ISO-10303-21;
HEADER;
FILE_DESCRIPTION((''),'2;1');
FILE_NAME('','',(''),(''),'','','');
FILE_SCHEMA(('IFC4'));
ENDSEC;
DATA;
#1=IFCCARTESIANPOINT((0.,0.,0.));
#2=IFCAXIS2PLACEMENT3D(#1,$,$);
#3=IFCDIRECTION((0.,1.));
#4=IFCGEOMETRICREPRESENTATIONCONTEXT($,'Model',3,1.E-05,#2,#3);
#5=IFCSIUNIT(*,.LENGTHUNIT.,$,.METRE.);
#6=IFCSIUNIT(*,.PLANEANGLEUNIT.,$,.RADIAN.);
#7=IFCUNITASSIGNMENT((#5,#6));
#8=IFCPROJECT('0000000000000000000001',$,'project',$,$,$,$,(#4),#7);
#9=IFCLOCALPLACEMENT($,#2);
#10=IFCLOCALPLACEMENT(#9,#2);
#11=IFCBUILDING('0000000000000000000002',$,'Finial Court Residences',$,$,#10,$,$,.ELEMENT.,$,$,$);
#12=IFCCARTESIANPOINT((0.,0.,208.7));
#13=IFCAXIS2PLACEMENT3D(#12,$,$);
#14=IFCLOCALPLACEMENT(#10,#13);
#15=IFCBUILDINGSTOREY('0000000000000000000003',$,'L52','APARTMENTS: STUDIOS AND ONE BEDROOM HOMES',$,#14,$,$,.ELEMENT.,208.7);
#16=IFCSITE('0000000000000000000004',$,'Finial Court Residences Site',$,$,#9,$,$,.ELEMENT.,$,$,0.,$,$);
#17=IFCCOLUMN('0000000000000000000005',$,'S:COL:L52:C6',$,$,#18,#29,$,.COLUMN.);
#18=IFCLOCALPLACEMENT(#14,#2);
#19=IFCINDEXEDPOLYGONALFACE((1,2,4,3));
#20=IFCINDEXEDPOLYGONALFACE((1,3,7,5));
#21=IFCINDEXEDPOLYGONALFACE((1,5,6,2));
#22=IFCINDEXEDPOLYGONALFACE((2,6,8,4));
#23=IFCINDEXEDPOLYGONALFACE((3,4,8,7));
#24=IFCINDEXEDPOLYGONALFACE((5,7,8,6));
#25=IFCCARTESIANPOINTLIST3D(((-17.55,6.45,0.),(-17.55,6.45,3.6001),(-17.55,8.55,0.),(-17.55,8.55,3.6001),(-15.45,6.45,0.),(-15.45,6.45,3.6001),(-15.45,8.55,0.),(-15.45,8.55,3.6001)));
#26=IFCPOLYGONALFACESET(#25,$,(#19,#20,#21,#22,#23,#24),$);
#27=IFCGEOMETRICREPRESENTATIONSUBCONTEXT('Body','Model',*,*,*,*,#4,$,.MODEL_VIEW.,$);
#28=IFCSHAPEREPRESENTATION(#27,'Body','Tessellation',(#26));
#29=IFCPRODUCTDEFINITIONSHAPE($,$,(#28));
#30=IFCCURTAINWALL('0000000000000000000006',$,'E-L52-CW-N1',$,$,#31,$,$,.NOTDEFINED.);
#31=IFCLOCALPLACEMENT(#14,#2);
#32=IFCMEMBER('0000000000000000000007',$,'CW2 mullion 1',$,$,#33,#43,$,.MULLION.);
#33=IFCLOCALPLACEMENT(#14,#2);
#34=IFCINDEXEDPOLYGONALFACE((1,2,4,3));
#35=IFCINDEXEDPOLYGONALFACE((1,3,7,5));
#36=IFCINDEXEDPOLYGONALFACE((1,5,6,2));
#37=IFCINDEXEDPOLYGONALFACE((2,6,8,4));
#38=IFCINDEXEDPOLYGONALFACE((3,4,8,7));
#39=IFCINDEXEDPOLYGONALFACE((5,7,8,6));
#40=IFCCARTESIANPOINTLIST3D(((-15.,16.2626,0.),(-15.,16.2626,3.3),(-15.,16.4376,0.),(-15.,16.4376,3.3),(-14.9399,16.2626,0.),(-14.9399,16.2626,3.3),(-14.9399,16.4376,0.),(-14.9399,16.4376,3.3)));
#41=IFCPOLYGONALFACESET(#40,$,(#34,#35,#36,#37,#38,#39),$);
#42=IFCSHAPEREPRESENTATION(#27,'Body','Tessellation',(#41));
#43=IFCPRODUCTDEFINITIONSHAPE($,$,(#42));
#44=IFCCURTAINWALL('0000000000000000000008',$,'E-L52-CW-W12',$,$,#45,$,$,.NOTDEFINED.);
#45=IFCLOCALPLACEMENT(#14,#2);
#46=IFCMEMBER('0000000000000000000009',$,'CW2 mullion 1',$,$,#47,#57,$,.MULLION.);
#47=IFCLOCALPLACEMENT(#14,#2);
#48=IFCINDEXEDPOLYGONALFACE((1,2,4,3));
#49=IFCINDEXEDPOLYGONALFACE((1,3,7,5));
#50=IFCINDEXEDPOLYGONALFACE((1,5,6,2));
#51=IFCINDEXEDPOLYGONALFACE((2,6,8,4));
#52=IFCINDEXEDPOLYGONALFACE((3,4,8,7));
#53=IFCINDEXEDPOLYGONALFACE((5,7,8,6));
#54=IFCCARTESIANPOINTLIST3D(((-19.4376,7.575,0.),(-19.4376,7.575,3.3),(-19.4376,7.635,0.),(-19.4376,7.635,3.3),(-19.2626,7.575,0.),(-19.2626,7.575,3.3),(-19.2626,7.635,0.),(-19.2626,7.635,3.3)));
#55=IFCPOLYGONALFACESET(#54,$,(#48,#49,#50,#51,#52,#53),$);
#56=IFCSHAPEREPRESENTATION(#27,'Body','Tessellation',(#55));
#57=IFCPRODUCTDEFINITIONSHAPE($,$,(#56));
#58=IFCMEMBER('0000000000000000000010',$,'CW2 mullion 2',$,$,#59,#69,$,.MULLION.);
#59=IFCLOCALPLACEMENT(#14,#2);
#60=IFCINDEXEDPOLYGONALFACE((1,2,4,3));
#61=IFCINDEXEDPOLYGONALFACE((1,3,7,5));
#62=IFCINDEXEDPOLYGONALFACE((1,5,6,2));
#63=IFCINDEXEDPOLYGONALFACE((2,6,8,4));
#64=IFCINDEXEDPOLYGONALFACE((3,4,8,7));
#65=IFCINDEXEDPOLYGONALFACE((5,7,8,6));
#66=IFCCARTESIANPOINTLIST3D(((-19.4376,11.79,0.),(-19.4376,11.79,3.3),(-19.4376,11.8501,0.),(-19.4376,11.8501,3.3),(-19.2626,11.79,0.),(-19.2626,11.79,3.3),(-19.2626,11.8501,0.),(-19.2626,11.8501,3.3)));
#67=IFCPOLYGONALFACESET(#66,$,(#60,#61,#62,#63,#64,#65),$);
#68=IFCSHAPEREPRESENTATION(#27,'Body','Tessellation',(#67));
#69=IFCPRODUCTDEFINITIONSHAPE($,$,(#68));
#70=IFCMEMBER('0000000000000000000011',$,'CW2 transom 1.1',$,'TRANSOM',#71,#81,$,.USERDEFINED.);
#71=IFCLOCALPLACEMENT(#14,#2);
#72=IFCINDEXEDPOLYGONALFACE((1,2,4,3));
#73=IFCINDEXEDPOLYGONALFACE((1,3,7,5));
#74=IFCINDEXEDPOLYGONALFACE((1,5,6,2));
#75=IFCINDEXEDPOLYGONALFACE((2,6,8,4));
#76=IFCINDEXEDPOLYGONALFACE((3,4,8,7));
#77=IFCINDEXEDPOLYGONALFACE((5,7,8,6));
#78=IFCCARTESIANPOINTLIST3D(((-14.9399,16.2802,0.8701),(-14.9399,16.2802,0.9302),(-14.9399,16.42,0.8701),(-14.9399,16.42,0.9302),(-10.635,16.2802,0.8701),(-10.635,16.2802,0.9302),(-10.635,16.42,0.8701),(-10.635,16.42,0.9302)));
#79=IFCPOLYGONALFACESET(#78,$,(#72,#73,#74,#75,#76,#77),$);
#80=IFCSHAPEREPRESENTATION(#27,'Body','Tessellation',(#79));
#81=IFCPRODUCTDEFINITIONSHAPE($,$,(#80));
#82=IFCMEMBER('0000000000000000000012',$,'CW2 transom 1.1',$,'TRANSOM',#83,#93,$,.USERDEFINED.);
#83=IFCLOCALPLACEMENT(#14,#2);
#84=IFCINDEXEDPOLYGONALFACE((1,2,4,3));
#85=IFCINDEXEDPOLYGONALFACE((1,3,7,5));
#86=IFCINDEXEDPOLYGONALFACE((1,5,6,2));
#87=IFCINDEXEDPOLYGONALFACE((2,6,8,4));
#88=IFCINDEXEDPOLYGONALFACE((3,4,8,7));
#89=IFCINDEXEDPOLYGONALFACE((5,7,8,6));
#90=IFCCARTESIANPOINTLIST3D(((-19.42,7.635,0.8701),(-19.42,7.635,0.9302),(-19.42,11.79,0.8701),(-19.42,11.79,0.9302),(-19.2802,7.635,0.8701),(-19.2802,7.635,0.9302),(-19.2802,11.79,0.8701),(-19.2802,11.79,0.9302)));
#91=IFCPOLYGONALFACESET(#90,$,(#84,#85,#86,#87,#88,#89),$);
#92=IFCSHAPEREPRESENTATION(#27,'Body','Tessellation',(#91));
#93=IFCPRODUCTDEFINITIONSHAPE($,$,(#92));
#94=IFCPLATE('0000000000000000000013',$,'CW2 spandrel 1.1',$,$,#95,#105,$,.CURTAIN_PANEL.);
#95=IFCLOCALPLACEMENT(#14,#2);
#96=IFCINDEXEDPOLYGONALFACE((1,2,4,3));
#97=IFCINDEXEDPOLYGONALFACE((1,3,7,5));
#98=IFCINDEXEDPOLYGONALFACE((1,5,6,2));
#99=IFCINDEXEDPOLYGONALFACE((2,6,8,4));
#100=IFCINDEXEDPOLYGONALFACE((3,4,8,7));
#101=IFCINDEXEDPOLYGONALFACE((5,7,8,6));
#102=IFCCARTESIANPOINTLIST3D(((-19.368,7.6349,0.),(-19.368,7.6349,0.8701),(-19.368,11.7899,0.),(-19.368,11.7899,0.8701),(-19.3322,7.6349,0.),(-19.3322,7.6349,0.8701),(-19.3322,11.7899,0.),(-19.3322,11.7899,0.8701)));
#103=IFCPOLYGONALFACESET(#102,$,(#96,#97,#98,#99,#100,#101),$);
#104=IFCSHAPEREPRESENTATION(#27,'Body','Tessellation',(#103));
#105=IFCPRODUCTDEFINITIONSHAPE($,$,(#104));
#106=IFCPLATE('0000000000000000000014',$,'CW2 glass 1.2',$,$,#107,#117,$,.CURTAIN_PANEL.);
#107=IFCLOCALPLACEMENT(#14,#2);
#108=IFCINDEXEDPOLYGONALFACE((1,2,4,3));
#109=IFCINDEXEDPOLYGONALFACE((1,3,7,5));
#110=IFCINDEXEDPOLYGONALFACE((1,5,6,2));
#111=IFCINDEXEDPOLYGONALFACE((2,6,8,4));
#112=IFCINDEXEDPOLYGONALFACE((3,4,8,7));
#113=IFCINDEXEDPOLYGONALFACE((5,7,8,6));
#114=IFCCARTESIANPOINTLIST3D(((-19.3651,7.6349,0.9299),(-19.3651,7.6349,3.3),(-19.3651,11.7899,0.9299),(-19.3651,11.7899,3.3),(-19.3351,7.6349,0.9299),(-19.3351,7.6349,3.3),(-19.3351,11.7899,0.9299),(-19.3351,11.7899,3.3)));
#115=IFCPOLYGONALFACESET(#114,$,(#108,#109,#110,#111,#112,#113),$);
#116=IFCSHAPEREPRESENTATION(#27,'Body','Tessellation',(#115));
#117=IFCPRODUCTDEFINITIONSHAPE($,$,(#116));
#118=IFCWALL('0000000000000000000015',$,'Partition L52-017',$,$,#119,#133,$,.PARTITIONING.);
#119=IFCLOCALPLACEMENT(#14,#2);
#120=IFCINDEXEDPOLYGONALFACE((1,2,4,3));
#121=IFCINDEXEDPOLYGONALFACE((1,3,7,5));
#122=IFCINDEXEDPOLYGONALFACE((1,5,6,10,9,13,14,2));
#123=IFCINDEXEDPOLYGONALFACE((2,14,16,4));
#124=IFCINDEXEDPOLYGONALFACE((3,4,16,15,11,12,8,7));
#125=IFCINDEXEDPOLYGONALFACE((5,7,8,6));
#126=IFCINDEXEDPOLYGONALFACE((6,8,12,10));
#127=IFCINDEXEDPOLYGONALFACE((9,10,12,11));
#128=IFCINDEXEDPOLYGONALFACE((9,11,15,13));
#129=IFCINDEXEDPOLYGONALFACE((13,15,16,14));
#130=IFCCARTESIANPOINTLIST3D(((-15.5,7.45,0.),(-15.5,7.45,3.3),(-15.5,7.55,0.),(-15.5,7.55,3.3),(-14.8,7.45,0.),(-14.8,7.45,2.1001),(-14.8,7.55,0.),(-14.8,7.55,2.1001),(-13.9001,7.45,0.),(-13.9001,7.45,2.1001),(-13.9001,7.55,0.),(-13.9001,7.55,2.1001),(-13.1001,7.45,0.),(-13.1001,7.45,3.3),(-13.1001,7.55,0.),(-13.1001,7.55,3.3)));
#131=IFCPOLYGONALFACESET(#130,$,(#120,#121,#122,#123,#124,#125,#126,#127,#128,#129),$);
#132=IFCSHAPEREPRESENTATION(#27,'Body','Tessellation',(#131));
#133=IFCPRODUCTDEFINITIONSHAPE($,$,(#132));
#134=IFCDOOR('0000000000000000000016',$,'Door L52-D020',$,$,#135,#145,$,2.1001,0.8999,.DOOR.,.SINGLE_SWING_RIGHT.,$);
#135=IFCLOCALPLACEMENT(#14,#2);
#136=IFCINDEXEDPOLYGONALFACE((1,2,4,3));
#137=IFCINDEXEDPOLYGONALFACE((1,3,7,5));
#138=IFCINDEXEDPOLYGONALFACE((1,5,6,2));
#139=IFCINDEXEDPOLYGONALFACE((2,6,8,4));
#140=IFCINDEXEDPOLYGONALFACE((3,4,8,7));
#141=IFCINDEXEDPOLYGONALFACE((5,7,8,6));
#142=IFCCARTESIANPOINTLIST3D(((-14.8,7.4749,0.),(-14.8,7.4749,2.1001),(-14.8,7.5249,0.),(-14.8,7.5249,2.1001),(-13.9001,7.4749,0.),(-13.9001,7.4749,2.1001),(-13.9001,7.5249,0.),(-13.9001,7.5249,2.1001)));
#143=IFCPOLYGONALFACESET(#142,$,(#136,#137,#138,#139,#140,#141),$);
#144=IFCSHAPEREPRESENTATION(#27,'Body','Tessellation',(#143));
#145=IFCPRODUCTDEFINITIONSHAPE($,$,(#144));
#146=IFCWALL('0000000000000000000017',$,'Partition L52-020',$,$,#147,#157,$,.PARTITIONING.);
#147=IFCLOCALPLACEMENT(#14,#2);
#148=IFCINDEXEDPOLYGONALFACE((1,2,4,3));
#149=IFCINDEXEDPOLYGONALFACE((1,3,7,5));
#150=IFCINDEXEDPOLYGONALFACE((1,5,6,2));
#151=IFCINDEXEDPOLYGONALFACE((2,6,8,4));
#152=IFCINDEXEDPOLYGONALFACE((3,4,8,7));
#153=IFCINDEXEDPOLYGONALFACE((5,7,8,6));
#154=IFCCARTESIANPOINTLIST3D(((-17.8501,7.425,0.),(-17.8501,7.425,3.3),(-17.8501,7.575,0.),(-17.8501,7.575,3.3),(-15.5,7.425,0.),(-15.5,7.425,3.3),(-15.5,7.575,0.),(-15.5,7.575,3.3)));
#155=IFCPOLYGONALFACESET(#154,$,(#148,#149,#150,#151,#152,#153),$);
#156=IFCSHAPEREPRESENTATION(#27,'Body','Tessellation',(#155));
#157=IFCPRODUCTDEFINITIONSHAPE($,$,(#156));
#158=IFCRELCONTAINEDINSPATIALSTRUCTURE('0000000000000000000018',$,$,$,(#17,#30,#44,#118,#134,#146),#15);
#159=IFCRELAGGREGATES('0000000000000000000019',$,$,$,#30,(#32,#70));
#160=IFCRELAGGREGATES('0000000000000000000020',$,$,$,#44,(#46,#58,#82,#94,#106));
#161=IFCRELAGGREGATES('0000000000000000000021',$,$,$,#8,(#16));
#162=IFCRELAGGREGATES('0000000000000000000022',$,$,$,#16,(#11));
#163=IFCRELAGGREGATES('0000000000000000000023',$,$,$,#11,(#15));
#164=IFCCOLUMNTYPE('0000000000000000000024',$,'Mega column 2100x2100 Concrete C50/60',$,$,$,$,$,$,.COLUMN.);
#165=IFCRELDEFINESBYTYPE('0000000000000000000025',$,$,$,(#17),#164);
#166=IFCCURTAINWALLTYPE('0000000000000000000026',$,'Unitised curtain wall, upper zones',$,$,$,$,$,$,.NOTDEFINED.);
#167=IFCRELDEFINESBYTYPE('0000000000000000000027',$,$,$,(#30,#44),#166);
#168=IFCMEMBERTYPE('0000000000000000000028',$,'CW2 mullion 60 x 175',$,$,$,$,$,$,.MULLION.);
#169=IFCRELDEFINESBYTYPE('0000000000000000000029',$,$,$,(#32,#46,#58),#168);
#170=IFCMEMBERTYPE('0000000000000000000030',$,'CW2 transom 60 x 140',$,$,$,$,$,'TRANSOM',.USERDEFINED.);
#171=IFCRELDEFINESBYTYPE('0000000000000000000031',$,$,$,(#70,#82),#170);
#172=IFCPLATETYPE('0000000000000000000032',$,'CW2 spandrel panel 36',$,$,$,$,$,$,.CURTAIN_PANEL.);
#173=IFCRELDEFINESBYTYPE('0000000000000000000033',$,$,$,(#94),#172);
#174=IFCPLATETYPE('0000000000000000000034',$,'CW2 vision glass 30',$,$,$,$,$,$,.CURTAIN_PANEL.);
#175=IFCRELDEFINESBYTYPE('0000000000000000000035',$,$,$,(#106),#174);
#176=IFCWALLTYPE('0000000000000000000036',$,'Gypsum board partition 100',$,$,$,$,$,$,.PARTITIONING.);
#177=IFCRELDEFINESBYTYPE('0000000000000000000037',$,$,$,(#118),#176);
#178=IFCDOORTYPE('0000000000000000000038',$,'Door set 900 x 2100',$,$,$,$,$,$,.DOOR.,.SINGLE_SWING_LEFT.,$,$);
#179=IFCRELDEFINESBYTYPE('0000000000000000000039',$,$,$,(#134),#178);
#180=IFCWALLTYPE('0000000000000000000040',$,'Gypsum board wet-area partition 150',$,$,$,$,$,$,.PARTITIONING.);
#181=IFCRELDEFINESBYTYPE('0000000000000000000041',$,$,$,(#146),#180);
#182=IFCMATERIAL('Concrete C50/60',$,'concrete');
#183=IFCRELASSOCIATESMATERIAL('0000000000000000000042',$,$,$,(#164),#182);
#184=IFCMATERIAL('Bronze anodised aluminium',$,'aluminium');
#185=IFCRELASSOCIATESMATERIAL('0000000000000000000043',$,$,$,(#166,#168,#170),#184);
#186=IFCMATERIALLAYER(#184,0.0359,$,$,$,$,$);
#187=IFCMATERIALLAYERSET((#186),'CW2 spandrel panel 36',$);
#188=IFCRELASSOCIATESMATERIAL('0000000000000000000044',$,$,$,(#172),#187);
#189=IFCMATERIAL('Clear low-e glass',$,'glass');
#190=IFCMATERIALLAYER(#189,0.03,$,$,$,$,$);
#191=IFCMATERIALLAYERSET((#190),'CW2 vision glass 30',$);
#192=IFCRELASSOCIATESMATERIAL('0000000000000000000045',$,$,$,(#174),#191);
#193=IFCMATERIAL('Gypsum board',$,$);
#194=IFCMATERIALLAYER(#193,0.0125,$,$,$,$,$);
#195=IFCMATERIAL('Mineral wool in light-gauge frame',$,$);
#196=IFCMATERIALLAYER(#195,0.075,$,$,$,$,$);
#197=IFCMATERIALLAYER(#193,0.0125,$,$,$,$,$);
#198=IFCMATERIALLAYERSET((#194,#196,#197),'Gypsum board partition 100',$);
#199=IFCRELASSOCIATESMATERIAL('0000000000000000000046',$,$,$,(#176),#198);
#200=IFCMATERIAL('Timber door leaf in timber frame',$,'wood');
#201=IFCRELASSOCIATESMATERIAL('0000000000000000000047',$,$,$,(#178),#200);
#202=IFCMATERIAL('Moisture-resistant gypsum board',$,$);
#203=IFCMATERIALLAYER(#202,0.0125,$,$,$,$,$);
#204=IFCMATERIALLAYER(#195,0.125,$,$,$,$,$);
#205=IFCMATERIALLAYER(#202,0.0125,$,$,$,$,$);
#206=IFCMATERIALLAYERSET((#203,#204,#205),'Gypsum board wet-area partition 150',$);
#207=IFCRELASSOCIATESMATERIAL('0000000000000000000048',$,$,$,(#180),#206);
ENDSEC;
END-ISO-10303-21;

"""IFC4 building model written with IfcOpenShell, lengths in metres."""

from ifc_helpers import new_model, si_unit, direction, frame, frame_2d, origin, origin_2d, place, context, subcontext, project, spatial, rectangle, extrude, material, layer, layer_set, material_profile, profile_set, type_object, element, fill, aggregate, save


model = new_model("IFC4")

# Units and contexts
model_context = context("Model", 3, precision=1e-05, world=origin(), true_north=direction((0.0, 1.0)))
body_context = subcontext(model_context, "Body", "Model", "MODEL_VIEW")
ifc_project = project(units=[si_unit("LENGTHUNIT", "METRE"), si_unit("PLANEANGLEUNIT", "RADIAN")], contexts=[model_context])

# Site, building, storey
site_placement = place(None, origin())
site = spatial("IfcSite", under=ifc_project, at=site_placement, Name="Finial Court Residences Site", CompositionType="ELEMENT", RefElevation=0.0)
building_placement = place(site_placement, origin())
building = spatial("IfcBuilding", under=site, at=building_placement, Name="Finial Court Residences", CompositionType="ELEMENT")
storey_placement = place(building_placement, frame((0.0, 0.0, 208.7)))
storey = spatial("IfcBuildingStorey", under=building, at=storey_placement, Name="L52", Description="APARTMENTS: STUDIOS AND ONE BEDROOM HOMES", CompositionType="ELEMENT", Elevation=208.7)

# Column
ifc_material_1 = material(Name="Concrete C50/60", Category="concrete")
ifc_material_profile_1 = material_profile(ifc_material_1, rectangle(XDim=2.1001, YDim=2.1001, at=origin_2d()), Name="2100x2100")
ifc_profile_set_1 = profile_set([ifc_material_profile_1], Name="Concrete C50/60")
column_type = type_object("IfcColumnType", Name="Mega column 2100x2100 Concrete C50/60", PredefinedType="COLUMN", material=ifc_profile_set_1)
column_placement = place(storey_placement, frame((-16.5, 7.5, 0.0), z_axis=(0.0, 0.0, 1.0), x_axis=(1.0, 0.0, 0.0)))
element("IfcColumn", 1, at=column_placement, inside=storey, type_object=column_type, Name="S:COL:L52:C6", PredefinedType="COLUMN", context=body_context, shape_type="SweptSolid", body=[
    extrude(rectangle(XDim=2.1001, YDim=2.1001, at=origin_2d()), origin(), (0.0, 0.0, 1.0), 3.6001),
])

# Curtain wall, member
ifc_material_2 = material(Name="Bronze anodised aluminium", Category="aluminium")
curtain_wall_type = type_object("IfcCurtainWallType", Name="Unitised curtain wall, upper zones", PredefinedType="NOTDEFINED", material=ifc_material_2)
curtain_wall_1_placement = place(storey_placement, origin())
curtain_wall_1 = element("IfcCurtainWall", 2, at=curtain_wall_1_placement, inside=storey, type_object=curtain_wall_type, Name="E-L52-CW-N1", PredefinedType="NOTDEFINED")
ifc_material_profile_2 = material_profile(ifc_material_2, rectangle(XDim=0.175, YDim=0.0601, at=origin_2d()), Name="CW2 mullion 60 x 175")
ifc_profile_set_2 = profile_set([ifc_material_profile_2], Name="Bronze anodised aluminium")
member_type_1 = type_object("IfcMemberType", Name="CW2 mullion 60 x 175", PredefinedType="MULLION", material=ifc_profile_set_2)
member_1_placement = place(storey_placement, frame((-14.97, 16.3501, 0.0), z_axis=(0.0, 0.0, 1.0), x_axis=(0.0, 1.0, 0.0)))
member_1 = element("IfcMember", 3, at=member_1_placement, type_object=member_type_1, Name="CW2 mullion 1", PredefinedType="MULLION", context=body_context, shape_type="SweptSolid", body=[
    extrude(rectangle(XDim=0.175, YDim=0.0601, at=origin_2d()), origin(), (0.0, 0.0, 1.0), 3.3),
])

# Curtain wall, members
curtain_wall_2_placement = place(storey_placement, origin())
curtain_wall_2 = element("IfcCurtainWall", 4, at=curtain_wall_2_placement, inside=storey, type_object=curtain_wall_type, Name="E-L52-CW-W12", PredefinedType="NOTDEFINED")
member_2_placement = place(storey_placement, frame((-19.3501, 7.605, 0.0), z_axis=(0.0, 0.0, 1.0), x_axis=(-1.0, 0.0, 0.0)))
member_2 = element("IfcMember", 5, at=member_2_placement, type_object=member_type_1, Name="CW2 mullion 1", PredefinedType="MULLION", context=body_context, shape_type="SweptSolid", body=[
    extrude(rectangle(XDim=0.175, YDim=0.0601, at=origin_2d()), origin(), (0.0, 0.0, 1.0), 3.3),
])
member_3_placement = place(storey_placement, frame((-19.3501, 11.8201, 0.0), z_axis=(0.0, 0.0, 1.0), x_axis=(-1.0, 0.0, 0.0)))
member_3 = element("IfcMember", 6, at=member_3_placement, type_object=member_type_1, Name="CW2 mullion 2", PredefinedType="MULLION", context=body_context, shape_type="SweptSolid", body=[
    extrude(rectangle(XDim=0.175, YDim=0.0601, at=origin_2d()), origin(), (0.0, 0.0, 1.0), 3.3),
])

# Members
ifc_material_profile_3 = material_profile(ifc_material_2, rectangle(XDim=0.1399, YDim=0.0601, at=origin_2d()), Name="CW2 transom 60 x 140")
ifc_profile_set_3 = profile_set([ifc_material_profile_3], Name="Bronze anodised aluminium")
member_type_2 = type_object("IfcMemberType", Name="CW2 transom 60 x 140", ElementType="TRANSOM", PredefinedType="USERDEFINED", material=ifc_profile_set_3)
member_4_placement = place(storey_placement, frame((-14.9399, 16.3501, 0.9001), z_axis=(1.0, 0.0, 0.0), x_axis=(0.0, 1.0, 0.0)))
member_4 = element("IfcMember", 7, at=member_4_placement, type_object=member_type_2, Name="CW2 transom 1.1", ObjectType="TRANSOM", PredefinedType="USERDEFINED", context=body_context, shape_type="SweptSolid", body=[
    extrude(rectangle(XDim=0.1399, YDim=0.0601, at=origin_2d()), origin(), (0.0, 0.0, 1.0), 4.3049),
])
aggregate(curtain_wall_1, [member_1, member_4])
member_5_placement = place(storey_placement, frame((-19.3501, 7.635, 0.9001), z_axis=(0.0, 1.0, 0.0), x_axis=(-1.0, 0.0, 0.0)))
member_5 = element("IfcMember", 8, at=member_5_placement, type_object=member_type_2, Name="CW2 transom 1.1", ObjectType="TRANSOM", PredefinedType="USERDEFINED", context=body_context, shape_type="SweptSolid", body=[
    extrude(rectangle(XDim=0.1399, YDim=0.0601, at=origin_2d()), origin(), (0.0, 0.0, 1.0), 4.155),
])

# Plates
ifc_layer_1 = layer(ifc_material_2, 0.0359)
ifc_layer_set_1 = layer_set([ifc_layer_1], Name="CW2 spandrel panel 36")
plate_type_1 = type_object("IfcPlateType", Name="CW2 spandrel panel 36", PredefinedType="CURTAIN_PANEL", material=ifc_layer_set_1)
plate_1_placement = place(storey_placement, frame((-19.3501, 9.7124, 0.0), z_axis=(0.0, 0.0, 1.0), x_axis=(0.0, 1.0, 0.0)))
plate_1 = element("IfcPlate", 9, at=plate_1_placement, type_object=plate_type_1, Name="CW2 spandrel 1.1", PredefinedType="CURTAIN_PANEL", context=body_context, shape_type="SweptSolid", body=[
    extrude(rectangle(XDim=4.155, YDim=0.0359, at=origin_2d()), origin(), (0.0, 0.0, 1.0), 0.8701),
])
ifc_material_3 = material(Name="Clear low-e glass", Category="glass")
ifc_layer_2 = layer(ifc_material_3, 0.03)
ifc_layer_set_2 = layer_set([ifc_layer_2], Name="CW2 vision glass 30")
plate_type_2 = type_object("IfcPlateType", Name="CW2 vision glass 30", PredefinedType="CURTAIN_PANEL", material=ifc_layer_set_2)
plate_2_placement = place(storey_placement, frame((-19.3501, 9.7124, 0.9299), z_axis=(0.0, 0.0, 1.0), x_axis=(0.0, 1.0, 0.0)))
plate_2 = element("IfcPlate", 10, at=plate_2_placement, type_object=plate_type_2, Name="CW2 glass 1.2", PredefinedType="CURTAIN_PANEL", context=body_context, shape_type="SweptSolid", body=[
    extrude(rectangle(XDim=4.155, YDim=0.03, at=origin_2d()), origin(), (0.0, 0.0, 1.0), 2.3701),
])
aggregate(curtain_wall_2, [member_2, member_3, member_5, plate_1, plate_2])

# Wall, opening, door
ifc_material_4 = material(Name="Gypsum board")
ifc_layer_3 = layer(ifc_material_4, 0.0125)
ifc_material_5 = material(Name="Mineral wool in light-gauge frame")
ifc_layer_4 = layer(ifc_material_5, 0.075)
ifc_layer_5 = layer(ifc_material_4, 0.0125)
ifc_layer_set_3 = layer_set([ifc_layer_3, ifc_layer_4, ifc_layer_5], Name="Gypsum board partition 100")
wall_type_1 = type_object("IfcWallType", Name="Gypsum board partition 100", PredefinedType="PARTITIONING", material=ifc_layer_set_3)
wall_1_placement = place(storey_placement, frame((-15.5, 7.5, 0.0), z_axis=(0.0, 0.0, 1.0), x_axis=(1.0, 0.0, 0.0)))
wall_1 = element("IfcWall", 11, at=wall_1_placement, inside=storey, type_object=wall_type_1, Name="Partition L52-017", PredefinedType="PARTITIONING", context=body_context, shape_type="SweptSolid", body=[
    extrude(rectangle(XDim=2.3999, YDim=0.1001, at=frame_2d((1.2, 0.0))), origin(), (0.0, 0.0, 1.0), 3.3),
])
opening_1_placement = place(wall_1_placement, frame((0.7, 0.0, 0.0)))
opening_1 = element("IfcOpeningElement", 12, at=opening_1_placement, cuts=wall_1, PredefinedType="OPENING", context=body_context, shape_type="SweptSolid", body=[
    extrude(rectangle(XDim=0.8999, YDim=2.1001, at=frame_2d((0.45, 1.05))), frame((0.0, 0.0601, 0.0), z_axis=(0.0, -1.0, 0.0), x_axis=(1.0, 0.0, 0.0)), (0.0, 0.0, 1.0), 0.1201),
])
ifc_material_6 = material(Name="Timber door leaf in timber frame", Category="wood")
door_type = type_object("IfcDoorType", Name="Door set 900 x 2100", OperationType="SINGLE_SWING_LEFT", PredefinedType="DOOR", material=ifc_material_6)
door_placement = place(opening_1_placement, origin())
door = element("IfcDoor", 13, at=door_placement, inside=storey, type_object=door_type, Name="Door L52-D020", OperationType="SINGLE_SWING_RIGHT", OverallHeight=2.1001, OverallWidth=0.8999, PredefinedType="DOOR", context=body_context, shape_type="SweptSolid", body=[
    extrude(rectangle(XDim=0.8999, YDim=2.1001, at=frame_2d((0.45, 1.05))), frame((0.0, 0.0249, 0.0), z_axis=(0.0, -1.0, 0.0), x_axis=(1.0, 0.0, 0.0)), (0.0, 0.0, 1.0), 0.05),
])
fill(opening_1, door)

# Wall
ifc_material_7 = material(Name="Moisture-resistant gypsum board")
ifc_layer_6 = layer(ifc_material_7, 0.0125)
ifc_layer_7 = layer(ifc_material_5, 0.125)
ifc_layer_8 = layer(ifc_material_7, 0.0125)
ifc_layer_set_4 = layer_set([ifc_layer_6, ifc_layer_7, ifc_layer_8], Name="Gypsum board wet-area partition 150")
wall_type_2 = type_object("IfcWallType", Name="Gypsum board wet-area partition 150", PredefinedType="PARTITIONING", material=ifc_layer_set_4)
wall_2_placement = place(storey_placement, frame((-17.8501, 7.5, 0.0), z_axis=(0.0, 0.0, 1.0), x_axis=(1.0, 0.0, 0.0)))
element("IfcWall", 14, at=wall_2_placement, inside=storey, type_object=wall_type_2, Name="Partition L52-020", PredefinedType="PARTITIONING", context=body_context, shape_type="SweptSolid", body=[
    extrude(rectangle(XDim=2.3501, YDim=0.1499, at=frame_2d((1.175, 0.0))), origin(), (0.0, 0.0, 1.0), 3.3),
])

save(model, "model.ifc")
